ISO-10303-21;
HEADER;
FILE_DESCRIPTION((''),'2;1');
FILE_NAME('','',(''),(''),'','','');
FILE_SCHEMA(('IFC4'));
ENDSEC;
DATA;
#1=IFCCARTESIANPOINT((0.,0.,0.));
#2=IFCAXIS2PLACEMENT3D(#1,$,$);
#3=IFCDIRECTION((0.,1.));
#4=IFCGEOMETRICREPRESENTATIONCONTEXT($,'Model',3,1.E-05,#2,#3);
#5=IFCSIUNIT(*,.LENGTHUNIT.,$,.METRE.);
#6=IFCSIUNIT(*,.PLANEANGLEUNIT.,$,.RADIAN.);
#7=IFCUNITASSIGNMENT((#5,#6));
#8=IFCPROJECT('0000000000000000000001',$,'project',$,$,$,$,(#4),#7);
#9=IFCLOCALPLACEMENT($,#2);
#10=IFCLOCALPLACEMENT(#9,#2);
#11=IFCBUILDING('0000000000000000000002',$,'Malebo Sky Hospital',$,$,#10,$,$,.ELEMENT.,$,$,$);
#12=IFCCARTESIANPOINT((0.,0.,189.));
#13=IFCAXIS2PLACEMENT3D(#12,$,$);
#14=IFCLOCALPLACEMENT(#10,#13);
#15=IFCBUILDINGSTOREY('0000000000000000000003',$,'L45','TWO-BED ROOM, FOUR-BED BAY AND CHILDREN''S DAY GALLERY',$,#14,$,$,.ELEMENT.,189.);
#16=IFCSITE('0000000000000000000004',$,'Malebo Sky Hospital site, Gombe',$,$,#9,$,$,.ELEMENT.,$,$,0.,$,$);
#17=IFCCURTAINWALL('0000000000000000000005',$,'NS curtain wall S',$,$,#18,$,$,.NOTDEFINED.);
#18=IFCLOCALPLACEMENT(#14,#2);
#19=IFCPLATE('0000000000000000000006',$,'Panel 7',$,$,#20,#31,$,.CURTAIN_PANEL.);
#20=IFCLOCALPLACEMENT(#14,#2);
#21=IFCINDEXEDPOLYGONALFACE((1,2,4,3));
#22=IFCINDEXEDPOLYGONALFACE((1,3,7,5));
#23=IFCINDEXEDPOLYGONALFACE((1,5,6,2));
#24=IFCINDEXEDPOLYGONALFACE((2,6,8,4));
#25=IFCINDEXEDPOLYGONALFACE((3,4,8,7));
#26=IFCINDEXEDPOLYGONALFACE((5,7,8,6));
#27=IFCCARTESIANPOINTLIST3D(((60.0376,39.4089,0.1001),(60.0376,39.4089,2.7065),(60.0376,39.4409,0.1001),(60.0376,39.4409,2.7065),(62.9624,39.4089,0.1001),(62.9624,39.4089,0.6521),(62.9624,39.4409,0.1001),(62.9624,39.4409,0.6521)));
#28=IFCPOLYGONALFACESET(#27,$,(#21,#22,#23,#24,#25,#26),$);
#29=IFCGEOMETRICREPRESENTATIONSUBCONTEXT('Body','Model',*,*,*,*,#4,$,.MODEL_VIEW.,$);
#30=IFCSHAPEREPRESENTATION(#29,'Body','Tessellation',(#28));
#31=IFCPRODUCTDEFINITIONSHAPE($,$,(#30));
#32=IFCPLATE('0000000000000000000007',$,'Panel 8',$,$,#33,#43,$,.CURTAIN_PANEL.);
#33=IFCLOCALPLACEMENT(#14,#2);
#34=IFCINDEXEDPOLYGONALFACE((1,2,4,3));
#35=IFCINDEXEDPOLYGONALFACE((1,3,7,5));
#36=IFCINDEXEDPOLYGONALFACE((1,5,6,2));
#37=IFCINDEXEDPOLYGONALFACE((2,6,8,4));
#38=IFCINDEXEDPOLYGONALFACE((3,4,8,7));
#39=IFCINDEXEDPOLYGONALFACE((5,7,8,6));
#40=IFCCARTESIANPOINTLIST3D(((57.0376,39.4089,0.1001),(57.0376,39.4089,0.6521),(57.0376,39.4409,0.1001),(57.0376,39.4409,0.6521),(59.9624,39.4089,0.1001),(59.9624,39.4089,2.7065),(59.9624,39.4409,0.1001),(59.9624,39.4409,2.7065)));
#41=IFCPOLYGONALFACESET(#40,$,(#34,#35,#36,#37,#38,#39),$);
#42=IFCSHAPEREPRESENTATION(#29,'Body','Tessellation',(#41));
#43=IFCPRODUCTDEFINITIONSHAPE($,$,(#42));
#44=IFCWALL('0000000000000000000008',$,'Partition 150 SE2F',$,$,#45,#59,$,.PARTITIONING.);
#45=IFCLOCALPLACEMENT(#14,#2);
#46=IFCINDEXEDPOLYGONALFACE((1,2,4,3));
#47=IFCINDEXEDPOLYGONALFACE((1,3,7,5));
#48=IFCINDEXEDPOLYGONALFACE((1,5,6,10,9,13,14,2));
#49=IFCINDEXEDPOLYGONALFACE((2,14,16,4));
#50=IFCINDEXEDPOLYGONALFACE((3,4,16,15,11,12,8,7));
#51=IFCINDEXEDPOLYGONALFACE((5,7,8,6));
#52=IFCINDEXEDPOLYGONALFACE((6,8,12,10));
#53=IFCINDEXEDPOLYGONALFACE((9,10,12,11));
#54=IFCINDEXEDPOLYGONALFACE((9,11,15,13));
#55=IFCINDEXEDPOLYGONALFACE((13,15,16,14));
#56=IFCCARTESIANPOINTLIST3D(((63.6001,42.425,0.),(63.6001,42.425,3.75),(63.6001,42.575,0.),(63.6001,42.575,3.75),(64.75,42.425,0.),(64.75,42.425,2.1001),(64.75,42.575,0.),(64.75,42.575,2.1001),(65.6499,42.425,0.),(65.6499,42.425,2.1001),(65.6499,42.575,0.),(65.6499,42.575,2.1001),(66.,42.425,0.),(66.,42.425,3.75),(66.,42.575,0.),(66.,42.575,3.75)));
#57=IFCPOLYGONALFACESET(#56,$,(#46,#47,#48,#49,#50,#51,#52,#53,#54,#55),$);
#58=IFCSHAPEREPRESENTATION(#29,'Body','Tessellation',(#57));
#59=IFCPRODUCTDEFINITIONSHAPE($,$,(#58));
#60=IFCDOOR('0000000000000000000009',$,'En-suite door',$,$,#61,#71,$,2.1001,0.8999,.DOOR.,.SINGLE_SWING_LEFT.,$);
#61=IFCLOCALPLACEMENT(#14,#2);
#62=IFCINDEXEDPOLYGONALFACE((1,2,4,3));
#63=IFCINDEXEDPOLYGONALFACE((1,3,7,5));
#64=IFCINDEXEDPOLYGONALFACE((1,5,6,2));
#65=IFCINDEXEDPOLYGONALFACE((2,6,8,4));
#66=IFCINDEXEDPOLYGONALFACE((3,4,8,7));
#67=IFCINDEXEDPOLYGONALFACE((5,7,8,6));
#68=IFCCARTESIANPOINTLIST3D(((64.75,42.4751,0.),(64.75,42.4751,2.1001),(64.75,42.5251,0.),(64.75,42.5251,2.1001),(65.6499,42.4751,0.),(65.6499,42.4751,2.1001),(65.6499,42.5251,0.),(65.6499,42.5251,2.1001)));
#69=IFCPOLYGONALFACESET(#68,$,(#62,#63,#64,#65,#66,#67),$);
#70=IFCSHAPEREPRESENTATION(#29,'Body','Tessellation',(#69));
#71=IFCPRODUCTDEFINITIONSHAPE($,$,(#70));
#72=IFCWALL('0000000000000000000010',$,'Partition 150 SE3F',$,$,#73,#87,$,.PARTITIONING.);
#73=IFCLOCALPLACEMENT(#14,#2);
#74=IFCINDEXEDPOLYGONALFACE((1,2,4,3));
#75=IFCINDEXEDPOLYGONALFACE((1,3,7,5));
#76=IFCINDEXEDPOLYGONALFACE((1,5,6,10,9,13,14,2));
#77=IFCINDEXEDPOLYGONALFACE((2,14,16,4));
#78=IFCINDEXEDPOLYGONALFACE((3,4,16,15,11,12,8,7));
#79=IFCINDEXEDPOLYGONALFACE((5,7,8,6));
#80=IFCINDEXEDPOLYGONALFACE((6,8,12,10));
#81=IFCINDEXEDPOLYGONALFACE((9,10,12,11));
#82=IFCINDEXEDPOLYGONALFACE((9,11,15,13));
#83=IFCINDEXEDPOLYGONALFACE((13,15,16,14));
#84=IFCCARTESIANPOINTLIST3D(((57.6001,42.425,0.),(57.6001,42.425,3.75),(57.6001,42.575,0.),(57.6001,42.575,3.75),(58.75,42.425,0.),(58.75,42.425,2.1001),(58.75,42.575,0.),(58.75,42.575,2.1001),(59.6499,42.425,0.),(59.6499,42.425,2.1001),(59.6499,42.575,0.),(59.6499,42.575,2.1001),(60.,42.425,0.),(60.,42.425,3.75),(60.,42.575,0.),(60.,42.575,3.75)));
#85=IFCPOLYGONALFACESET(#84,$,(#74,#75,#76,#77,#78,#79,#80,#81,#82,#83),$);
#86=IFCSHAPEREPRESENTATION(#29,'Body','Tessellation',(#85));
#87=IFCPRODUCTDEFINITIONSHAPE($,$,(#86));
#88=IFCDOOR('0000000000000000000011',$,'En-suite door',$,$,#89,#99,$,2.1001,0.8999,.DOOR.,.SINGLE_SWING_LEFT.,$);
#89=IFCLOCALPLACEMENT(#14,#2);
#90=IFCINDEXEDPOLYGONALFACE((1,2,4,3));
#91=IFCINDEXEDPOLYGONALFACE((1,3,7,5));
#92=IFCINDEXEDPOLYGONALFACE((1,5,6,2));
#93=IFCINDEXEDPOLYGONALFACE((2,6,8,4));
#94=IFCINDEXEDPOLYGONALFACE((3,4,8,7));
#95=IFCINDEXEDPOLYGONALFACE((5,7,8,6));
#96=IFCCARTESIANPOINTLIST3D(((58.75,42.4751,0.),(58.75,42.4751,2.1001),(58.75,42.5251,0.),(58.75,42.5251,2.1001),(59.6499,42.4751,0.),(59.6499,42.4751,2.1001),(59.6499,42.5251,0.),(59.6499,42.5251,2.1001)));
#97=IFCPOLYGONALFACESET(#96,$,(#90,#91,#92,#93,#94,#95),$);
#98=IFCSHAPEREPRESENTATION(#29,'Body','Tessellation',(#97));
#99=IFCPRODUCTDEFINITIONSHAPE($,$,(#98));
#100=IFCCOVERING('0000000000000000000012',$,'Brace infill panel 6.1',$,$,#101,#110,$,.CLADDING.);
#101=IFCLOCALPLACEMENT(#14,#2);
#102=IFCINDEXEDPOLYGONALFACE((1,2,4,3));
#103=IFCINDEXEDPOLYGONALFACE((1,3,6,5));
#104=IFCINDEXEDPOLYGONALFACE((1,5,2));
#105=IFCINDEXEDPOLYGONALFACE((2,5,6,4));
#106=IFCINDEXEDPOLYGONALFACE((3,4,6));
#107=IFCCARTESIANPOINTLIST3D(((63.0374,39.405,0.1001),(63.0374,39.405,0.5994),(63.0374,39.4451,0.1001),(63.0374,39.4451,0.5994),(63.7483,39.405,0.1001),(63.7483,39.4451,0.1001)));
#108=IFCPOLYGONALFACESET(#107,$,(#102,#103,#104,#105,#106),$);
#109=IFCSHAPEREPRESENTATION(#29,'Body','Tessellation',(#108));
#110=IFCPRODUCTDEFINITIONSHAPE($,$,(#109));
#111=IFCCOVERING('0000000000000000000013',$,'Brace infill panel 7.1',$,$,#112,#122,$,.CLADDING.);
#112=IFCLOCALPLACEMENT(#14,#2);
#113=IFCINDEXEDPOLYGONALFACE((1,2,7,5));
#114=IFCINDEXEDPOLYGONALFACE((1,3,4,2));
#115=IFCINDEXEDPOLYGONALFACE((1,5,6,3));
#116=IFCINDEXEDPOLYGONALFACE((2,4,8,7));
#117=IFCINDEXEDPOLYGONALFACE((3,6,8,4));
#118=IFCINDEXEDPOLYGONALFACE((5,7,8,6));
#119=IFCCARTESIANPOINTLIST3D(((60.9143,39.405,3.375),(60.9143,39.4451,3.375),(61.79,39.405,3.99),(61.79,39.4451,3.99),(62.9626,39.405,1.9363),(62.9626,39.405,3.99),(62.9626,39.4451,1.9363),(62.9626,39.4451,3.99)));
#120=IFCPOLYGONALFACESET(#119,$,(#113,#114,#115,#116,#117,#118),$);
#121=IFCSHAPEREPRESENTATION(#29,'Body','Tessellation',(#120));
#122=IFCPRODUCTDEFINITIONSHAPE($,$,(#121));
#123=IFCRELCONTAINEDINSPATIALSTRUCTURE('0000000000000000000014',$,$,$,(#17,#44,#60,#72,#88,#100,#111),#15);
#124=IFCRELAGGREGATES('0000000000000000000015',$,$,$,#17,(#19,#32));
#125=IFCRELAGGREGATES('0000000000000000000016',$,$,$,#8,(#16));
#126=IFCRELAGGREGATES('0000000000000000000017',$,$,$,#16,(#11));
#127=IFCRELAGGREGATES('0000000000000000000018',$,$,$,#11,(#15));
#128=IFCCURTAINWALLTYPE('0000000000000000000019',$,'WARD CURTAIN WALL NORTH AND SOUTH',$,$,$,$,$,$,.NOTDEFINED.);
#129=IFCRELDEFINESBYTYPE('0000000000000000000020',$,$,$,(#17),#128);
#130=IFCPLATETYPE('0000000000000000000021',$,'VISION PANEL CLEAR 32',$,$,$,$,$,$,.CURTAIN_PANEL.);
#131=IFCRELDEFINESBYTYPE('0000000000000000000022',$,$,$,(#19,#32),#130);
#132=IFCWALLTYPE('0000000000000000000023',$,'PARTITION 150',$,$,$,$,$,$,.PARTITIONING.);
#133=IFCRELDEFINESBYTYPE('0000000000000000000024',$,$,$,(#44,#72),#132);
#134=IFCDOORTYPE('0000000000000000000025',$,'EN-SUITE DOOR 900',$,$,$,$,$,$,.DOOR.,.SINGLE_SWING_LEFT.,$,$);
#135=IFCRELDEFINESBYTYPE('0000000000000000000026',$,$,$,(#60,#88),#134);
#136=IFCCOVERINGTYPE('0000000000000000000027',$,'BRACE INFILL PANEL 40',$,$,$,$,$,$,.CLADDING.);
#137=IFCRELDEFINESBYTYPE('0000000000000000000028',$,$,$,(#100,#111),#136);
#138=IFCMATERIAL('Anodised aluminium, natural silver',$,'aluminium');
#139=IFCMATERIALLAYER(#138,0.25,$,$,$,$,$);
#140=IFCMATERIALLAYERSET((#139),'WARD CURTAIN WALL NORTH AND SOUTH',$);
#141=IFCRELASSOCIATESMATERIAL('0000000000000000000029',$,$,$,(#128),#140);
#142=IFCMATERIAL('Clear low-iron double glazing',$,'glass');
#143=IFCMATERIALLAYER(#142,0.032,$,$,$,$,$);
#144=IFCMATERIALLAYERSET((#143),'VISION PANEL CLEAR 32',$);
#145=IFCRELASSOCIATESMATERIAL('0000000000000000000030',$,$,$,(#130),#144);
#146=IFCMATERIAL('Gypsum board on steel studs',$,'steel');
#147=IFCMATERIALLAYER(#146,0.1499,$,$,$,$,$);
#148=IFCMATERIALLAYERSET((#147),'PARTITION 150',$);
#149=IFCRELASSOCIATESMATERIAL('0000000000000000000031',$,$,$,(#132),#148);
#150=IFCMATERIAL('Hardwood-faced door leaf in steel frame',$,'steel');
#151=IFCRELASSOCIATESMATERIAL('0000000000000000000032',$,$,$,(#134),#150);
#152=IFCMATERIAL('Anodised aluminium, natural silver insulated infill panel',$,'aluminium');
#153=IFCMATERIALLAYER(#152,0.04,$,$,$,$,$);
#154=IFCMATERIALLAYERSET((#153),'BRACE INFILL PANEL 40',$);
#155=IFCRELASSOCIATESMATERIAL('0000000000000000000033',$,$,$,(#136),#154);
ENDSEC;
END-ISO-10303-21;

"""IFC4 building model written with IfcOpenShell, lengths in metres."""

from ifc_helpers import new_model, si_unit, direction, frame, frame_2d, origin, place, context, subcontext, project, spatial, polyline, rectangle, outline, extrude, material, layer, layer_set, type_object, element, fill, aggregate, save


model = new_model("IFC4")

# Units and contexts
model_context = context("Model", 3, precision=1e-05, world=origin(), true_north=direction((0.0, 1.0)))
body_context = subcontext(model_context, "Body", "Model", "MODEL_VIEW")
ifc_project = project(units=[si_unit("LENGTHUNIT", "METRE"), si_unit("PLANEANGLEUNIT", "RADIAN")], contexts=[model_context])

# Site, building, storey
site_placement = place(None, origin())
site = spatial("IfcSite", under=ifc_project, at=site_placement, Name="Malebo Sky Hospital site, Gombe", CompositionType="ELEMENT", RefElevation=0.0)
building_placement = place(site_placement, origin())
building = spatial("IfcBuilding", under=site, at=building_placement, Name="Malebo Sky Hospital", CompositionType="ELEMENT")
storey_placement = place(building_placement, frame((0.0, 0.0, 189.0)))
storey = spatial("IfcBuildingStorey", under=building, at=storey_placement, Name="L45", Description="TWO-BED ROOM, FOUR-BED BAY AND CHILDREN'S DAY GALLERY", CompositionType="ELEMENT", Elevation=189.0)

# Curtain wall
ifc_material_1 = material(Name="Anodised aluminium, natural silver", Category="aluminium")
ifc_layer_1 = layer(ifc_material_1, 0.25)
ifc_layer_set_1 = layer_set([ifc_layer_1], Name="WARD CURTAIN WALL NORTH AND SOUTH")
curtain_wall_type = type_object("IfcCurtainWallType", Name="WARD CURTAIN WALL NORTH AND SOUTH", PredefinedType="NOTDEFINED", material=ifc_layer_set_1)
curtain_wall_placement = place(storey_placement, origin())
curtain_wall = element("IfcCurtainWall", 1, at=curtain_wall_placement, inside=storey, type_object=curtain_wall_type, Name="NS curtain wall S", PredefinedType="NOTDEFINED")

# Plates
ifc_material_2 = material(Name="Clear low-iron double glazing", Category="glass")
ifc_layer_2 = layer(ifc_material_2, 0.032)
ifc_layer_set_2 = layer_set([ifc_layer_2], Name="VISION PANEL CLEAR 32")
plate_type = type_object("IfcPlateType", Name="VISION PANEL CLEAR 32", PredefinedType="CURTAIN_PANEL", material=ifc_layer_set_2)
plate_1_placement = place(storey_placement, frame((61.5, 39.425, 0.1001), z_axis=(0.0, 0.0, 1.0), x_axis=(-1.0, 0.0, 0.0)))
plate_1 = element("IfcPlate", 2, at=plate_1_placement, type_object=plate_type, Name="Panel 7", PredefinedType="CURTAIN_PANEL", context=body_context, shape_type="SweptSolid", body=[
    extrude(outline(polyline([(-1.4624, 0.0), (1.4624, 0.0), (1.4624, 2.6064), (-1.4624, 0.552), (-1.4624, 0.0)])), frame((0.0, 0.0161, 0.0), z_axis=(0.0, -1.0, 0.0), x_axis=(1.0, 0.0, 0.0)), (0.0, 0.0, 1.0), 0.032),
])
plate_2_placement = place(storey_placement, frame((58.5, 39.425, 0.1001), z_axis=(0.0, 0.0, 1.0), x_axis=(-1.0, 0.0, 0.0)))
plate_2 = element("IfcPlate", 3, at=plate_2_placement, type_object=plate_type, Name="Panel 8", PredefinedType="CURTAIN_PANEL", context=body_context, shape_type="SweptSolid", body=[
    extrude(outline(polyline([(-1.4624, 0.0), (1.4624, 0.0), (1.4624, 0.552), (-1.4624, 2.6064), (-1.4624, 0.0)])), frame((0.0, 0.0161, 0.0), z_axis=(0.0, -1.0, 0.0), x_axis=(1.0, 0.0, 0.0)), (0.0, 0.0, 1.0), 0.032),
])
aggregate(curtain_wall, [plate_1, plate_2])

# Walls, openings, doors
ifc_material_3 = material(Name="Gypsum board on steel studs", Category="steel")
ifc_layer_3 = layer(ifc_material_3, 0.1499)
ifc_layer_set_3 = layer_set([ifc_layer_3], Name="PARTITION 150")
wall_type = type_object("IfcWallType", Name="PARTITION 150", PredefinedType="PARTITIONING", material=ifc_layer_set_3)
wall_1_placement = place(storey_placement, frame((66.0, 42.5, 0.0), z_axis=(0.0, 0.0, 1.0), x_axis=(-1.0, 0.0, 0.0)))
wall_1 = element("IfcWall", 4, at=wall_1_placement, inside=storey, type_object=wall_type, Name="Partition 150 SE2F", PredefinedType="PARTITIONING", context=body_context, shape_type="SweptSolid", body=[
    extrude(rectangle(XDim=2.3999, YDim=0.1499, at=frame_2d((1.2, 0.0))), origin(), (0.0, 0.0, 1.0), 3.75),
])
opening_1_placement = place(wall_1_placement, frame((0.3501, 0.0, 0.0)))
opening_1 = element("IfcOpeningElement", 5, at=opening_1_placement, cuts=wall_1, PredefinedType="OPENING", context=body_context, shape_type="SweptSolid", body=[
    extrude(rectangle(XDim=0.8999, YDim=2.1001, at=frame_2d((0.45, 1.05))), frame((0.0, 0.085, 0.0), z_axis=(0.0, -1.0, 0.0), x_axis=(1.0, 0.0, 0.0)), (0.0, 0.0, 1.0), 0.1699),
])
ifc_material_4 = material(Name="Hardwood-faced door leaf in steel frame", Category="steel")
door_type = type_object("IfcDoorType", Name="EN-SUITE DOOR 900", OperationType="SINGLE_SWING_LEFT", PredefinedType="DOOR", material=ifc_material_4)
door_1_placement = place(opening_1_placement, origin())
door_1 = element("IfcDoor", 6, at=door_1_placement, inside=storey, type_object=door_type, Name="En-suite door", OperationType="SINGLE_SWING_LEFT", OverallHeight=2.1001, OverallWidth=0.8999, PredefinedType="DOOR", context=body_context, shape_type="SweptSolid", body=[
    extrude(rectangle(XDim=0.8999, YDim=2.1001, at=frame_2d((0.45, 1.05))), frame((0.0, 0.0249, 0.0), z_axis=(0.0, -1.0, 0.0), x_axis=(1.0, 0.0, 0.0)), (0.0, 0.0, 1.0), 0.05),
])
fill(opening_1, door_1)
wall_2_placement = place(storey_placement, frame((60.0, 42.5, 0.0), z_axis=(0.0, 0.0, 1.0), x_axis=(-1.0, 0.0, 0.0)))
wall_2 = element("IfcWall", 7, at=wall_2_placement, inside=storey, type_object=wall_type, Name="Partition 150 SE3F", PredefinedType="PARTITIONING", context=body_context, shape_type="SweptSolid", body=[
    extrude(rectangle(XDim=2.3999, YDim=0.1499, at=frame_2d((1.2, 0.0))), origin(), (0.0, 0.0, 1.0), 3.75),
])
opening_2_placement = place(wall_2_placement, frame((0.3501, 0.0, 0.0)))
opening_2 = element("IfcOpeningElement", 8, at=opening_2_placement, cuts=wall_2, PredefinedType="OPENING", context=body_context, shape_type="SweptSolid", body=[
    extrude(rectangle(XDim=0.8999, YDim=2.1001, at=frame_2d((0.45, 1.05))), frame((0.0, 0.085, 0.0), z_axis=(0.0, -1.0, 0.0), x_axis=(1.0, 0.0, 0.0)), (0.0, 0.0, 1.0), 0.1699),
])
door_2_placement = place(opening_2_placement, origin())
door_2 = element("IfcDoor", 9, at=door_2_placement, inside=storey, type_object=door_type, Name="En-suite door", OperationType="SINGLE_SWING_LEFT", OverallHeight=2.1001, OverallWidth=0.8999, PredefinedType="DOOR", context=body_context, shape_type="SweptSolid", body=[
    extrude(rectangle(XDim=0.8999, YDim=2.1001, at=frame_2d((0.45, 1.05))), frame((0.0, 0.0249, 0.0), z_axis=(0.0, -1.0, 0.0), x_axis=(1.0, 0.0, 0.0)), (0.0, 0.0, 1.0), 0.05),
])
fill(opening_2, door_2)

# Coverings
ifc_material_5 = material(Name="Anodised aluminium, natural silver insulated infill panel", Category="aluminium")
ifc_layer_4 = layer(ifc_material_5, 0.04)
ifc_layer_set_4 = layer_set([ifc_layer_4], Name="BRACE INFILL PANEL 40")
covering_type = type_object("IfcCoveringType", Name="BRACE INFILL PANEL 40", PredefinedType="CLADDING", material=ifc_layer_set_4)
covering_1_placement = place(storey_placement, frame((63.3928, 39.425, 0.1001), z_axis=(0.0, 0.0, 1.0), x_axis=(-1.0, 0.0, 0.0)))
element("IfcCovering", 10, at=covering_1_placement, inside=storey, type_object=covering_type, Name="Brace infill panel 6.1", PredefinedType="CLADDING", context=body_context, shape_type="SweptSolid", body=[
    extrude(outline(polyline([(-0.3555, 0.0), (0.3555, 0.0), (0.3555, 0.4993), (-0.3555, 0.0)])), frame((0.0, 0.02, 0.0), z_axis=(0.0, -1.0, 0.0), x_axis=(1.0, 0.0, 0.0)), (0.0, 0.0, 1.0), 0.04),
])
covering_2_placement = place(storey_placement, frame((61.9385, 39.425, 1.9363), z_axis=(0.0, 0.0, 1.0), x_axis=(-1.0, 0.0, 0.0)))
element("IfcCovering", 11, at=covering_2_placement, inside=storey, type_object=covering_type, Name="Brace infill panel 7.1", PredefinedType="CLADDING", context=body_context, shape_type="SweptSolid", body=[
    extrude(outline(polyline([(-1.0242, 0.0), (1.0242, 1.4387), (0.1484, 2.0537), (-1.0242, 2.0537), (-1.0242, 0.0)])), frame((0.0, 0.02, 0.0), z_axis=(0.0, -1.0, 0.0), x_axis=(1.0, 0.0, 0.0)), (0.0, 0.0, 1.0), 0.04),
])

save(model, "model.ifc")
